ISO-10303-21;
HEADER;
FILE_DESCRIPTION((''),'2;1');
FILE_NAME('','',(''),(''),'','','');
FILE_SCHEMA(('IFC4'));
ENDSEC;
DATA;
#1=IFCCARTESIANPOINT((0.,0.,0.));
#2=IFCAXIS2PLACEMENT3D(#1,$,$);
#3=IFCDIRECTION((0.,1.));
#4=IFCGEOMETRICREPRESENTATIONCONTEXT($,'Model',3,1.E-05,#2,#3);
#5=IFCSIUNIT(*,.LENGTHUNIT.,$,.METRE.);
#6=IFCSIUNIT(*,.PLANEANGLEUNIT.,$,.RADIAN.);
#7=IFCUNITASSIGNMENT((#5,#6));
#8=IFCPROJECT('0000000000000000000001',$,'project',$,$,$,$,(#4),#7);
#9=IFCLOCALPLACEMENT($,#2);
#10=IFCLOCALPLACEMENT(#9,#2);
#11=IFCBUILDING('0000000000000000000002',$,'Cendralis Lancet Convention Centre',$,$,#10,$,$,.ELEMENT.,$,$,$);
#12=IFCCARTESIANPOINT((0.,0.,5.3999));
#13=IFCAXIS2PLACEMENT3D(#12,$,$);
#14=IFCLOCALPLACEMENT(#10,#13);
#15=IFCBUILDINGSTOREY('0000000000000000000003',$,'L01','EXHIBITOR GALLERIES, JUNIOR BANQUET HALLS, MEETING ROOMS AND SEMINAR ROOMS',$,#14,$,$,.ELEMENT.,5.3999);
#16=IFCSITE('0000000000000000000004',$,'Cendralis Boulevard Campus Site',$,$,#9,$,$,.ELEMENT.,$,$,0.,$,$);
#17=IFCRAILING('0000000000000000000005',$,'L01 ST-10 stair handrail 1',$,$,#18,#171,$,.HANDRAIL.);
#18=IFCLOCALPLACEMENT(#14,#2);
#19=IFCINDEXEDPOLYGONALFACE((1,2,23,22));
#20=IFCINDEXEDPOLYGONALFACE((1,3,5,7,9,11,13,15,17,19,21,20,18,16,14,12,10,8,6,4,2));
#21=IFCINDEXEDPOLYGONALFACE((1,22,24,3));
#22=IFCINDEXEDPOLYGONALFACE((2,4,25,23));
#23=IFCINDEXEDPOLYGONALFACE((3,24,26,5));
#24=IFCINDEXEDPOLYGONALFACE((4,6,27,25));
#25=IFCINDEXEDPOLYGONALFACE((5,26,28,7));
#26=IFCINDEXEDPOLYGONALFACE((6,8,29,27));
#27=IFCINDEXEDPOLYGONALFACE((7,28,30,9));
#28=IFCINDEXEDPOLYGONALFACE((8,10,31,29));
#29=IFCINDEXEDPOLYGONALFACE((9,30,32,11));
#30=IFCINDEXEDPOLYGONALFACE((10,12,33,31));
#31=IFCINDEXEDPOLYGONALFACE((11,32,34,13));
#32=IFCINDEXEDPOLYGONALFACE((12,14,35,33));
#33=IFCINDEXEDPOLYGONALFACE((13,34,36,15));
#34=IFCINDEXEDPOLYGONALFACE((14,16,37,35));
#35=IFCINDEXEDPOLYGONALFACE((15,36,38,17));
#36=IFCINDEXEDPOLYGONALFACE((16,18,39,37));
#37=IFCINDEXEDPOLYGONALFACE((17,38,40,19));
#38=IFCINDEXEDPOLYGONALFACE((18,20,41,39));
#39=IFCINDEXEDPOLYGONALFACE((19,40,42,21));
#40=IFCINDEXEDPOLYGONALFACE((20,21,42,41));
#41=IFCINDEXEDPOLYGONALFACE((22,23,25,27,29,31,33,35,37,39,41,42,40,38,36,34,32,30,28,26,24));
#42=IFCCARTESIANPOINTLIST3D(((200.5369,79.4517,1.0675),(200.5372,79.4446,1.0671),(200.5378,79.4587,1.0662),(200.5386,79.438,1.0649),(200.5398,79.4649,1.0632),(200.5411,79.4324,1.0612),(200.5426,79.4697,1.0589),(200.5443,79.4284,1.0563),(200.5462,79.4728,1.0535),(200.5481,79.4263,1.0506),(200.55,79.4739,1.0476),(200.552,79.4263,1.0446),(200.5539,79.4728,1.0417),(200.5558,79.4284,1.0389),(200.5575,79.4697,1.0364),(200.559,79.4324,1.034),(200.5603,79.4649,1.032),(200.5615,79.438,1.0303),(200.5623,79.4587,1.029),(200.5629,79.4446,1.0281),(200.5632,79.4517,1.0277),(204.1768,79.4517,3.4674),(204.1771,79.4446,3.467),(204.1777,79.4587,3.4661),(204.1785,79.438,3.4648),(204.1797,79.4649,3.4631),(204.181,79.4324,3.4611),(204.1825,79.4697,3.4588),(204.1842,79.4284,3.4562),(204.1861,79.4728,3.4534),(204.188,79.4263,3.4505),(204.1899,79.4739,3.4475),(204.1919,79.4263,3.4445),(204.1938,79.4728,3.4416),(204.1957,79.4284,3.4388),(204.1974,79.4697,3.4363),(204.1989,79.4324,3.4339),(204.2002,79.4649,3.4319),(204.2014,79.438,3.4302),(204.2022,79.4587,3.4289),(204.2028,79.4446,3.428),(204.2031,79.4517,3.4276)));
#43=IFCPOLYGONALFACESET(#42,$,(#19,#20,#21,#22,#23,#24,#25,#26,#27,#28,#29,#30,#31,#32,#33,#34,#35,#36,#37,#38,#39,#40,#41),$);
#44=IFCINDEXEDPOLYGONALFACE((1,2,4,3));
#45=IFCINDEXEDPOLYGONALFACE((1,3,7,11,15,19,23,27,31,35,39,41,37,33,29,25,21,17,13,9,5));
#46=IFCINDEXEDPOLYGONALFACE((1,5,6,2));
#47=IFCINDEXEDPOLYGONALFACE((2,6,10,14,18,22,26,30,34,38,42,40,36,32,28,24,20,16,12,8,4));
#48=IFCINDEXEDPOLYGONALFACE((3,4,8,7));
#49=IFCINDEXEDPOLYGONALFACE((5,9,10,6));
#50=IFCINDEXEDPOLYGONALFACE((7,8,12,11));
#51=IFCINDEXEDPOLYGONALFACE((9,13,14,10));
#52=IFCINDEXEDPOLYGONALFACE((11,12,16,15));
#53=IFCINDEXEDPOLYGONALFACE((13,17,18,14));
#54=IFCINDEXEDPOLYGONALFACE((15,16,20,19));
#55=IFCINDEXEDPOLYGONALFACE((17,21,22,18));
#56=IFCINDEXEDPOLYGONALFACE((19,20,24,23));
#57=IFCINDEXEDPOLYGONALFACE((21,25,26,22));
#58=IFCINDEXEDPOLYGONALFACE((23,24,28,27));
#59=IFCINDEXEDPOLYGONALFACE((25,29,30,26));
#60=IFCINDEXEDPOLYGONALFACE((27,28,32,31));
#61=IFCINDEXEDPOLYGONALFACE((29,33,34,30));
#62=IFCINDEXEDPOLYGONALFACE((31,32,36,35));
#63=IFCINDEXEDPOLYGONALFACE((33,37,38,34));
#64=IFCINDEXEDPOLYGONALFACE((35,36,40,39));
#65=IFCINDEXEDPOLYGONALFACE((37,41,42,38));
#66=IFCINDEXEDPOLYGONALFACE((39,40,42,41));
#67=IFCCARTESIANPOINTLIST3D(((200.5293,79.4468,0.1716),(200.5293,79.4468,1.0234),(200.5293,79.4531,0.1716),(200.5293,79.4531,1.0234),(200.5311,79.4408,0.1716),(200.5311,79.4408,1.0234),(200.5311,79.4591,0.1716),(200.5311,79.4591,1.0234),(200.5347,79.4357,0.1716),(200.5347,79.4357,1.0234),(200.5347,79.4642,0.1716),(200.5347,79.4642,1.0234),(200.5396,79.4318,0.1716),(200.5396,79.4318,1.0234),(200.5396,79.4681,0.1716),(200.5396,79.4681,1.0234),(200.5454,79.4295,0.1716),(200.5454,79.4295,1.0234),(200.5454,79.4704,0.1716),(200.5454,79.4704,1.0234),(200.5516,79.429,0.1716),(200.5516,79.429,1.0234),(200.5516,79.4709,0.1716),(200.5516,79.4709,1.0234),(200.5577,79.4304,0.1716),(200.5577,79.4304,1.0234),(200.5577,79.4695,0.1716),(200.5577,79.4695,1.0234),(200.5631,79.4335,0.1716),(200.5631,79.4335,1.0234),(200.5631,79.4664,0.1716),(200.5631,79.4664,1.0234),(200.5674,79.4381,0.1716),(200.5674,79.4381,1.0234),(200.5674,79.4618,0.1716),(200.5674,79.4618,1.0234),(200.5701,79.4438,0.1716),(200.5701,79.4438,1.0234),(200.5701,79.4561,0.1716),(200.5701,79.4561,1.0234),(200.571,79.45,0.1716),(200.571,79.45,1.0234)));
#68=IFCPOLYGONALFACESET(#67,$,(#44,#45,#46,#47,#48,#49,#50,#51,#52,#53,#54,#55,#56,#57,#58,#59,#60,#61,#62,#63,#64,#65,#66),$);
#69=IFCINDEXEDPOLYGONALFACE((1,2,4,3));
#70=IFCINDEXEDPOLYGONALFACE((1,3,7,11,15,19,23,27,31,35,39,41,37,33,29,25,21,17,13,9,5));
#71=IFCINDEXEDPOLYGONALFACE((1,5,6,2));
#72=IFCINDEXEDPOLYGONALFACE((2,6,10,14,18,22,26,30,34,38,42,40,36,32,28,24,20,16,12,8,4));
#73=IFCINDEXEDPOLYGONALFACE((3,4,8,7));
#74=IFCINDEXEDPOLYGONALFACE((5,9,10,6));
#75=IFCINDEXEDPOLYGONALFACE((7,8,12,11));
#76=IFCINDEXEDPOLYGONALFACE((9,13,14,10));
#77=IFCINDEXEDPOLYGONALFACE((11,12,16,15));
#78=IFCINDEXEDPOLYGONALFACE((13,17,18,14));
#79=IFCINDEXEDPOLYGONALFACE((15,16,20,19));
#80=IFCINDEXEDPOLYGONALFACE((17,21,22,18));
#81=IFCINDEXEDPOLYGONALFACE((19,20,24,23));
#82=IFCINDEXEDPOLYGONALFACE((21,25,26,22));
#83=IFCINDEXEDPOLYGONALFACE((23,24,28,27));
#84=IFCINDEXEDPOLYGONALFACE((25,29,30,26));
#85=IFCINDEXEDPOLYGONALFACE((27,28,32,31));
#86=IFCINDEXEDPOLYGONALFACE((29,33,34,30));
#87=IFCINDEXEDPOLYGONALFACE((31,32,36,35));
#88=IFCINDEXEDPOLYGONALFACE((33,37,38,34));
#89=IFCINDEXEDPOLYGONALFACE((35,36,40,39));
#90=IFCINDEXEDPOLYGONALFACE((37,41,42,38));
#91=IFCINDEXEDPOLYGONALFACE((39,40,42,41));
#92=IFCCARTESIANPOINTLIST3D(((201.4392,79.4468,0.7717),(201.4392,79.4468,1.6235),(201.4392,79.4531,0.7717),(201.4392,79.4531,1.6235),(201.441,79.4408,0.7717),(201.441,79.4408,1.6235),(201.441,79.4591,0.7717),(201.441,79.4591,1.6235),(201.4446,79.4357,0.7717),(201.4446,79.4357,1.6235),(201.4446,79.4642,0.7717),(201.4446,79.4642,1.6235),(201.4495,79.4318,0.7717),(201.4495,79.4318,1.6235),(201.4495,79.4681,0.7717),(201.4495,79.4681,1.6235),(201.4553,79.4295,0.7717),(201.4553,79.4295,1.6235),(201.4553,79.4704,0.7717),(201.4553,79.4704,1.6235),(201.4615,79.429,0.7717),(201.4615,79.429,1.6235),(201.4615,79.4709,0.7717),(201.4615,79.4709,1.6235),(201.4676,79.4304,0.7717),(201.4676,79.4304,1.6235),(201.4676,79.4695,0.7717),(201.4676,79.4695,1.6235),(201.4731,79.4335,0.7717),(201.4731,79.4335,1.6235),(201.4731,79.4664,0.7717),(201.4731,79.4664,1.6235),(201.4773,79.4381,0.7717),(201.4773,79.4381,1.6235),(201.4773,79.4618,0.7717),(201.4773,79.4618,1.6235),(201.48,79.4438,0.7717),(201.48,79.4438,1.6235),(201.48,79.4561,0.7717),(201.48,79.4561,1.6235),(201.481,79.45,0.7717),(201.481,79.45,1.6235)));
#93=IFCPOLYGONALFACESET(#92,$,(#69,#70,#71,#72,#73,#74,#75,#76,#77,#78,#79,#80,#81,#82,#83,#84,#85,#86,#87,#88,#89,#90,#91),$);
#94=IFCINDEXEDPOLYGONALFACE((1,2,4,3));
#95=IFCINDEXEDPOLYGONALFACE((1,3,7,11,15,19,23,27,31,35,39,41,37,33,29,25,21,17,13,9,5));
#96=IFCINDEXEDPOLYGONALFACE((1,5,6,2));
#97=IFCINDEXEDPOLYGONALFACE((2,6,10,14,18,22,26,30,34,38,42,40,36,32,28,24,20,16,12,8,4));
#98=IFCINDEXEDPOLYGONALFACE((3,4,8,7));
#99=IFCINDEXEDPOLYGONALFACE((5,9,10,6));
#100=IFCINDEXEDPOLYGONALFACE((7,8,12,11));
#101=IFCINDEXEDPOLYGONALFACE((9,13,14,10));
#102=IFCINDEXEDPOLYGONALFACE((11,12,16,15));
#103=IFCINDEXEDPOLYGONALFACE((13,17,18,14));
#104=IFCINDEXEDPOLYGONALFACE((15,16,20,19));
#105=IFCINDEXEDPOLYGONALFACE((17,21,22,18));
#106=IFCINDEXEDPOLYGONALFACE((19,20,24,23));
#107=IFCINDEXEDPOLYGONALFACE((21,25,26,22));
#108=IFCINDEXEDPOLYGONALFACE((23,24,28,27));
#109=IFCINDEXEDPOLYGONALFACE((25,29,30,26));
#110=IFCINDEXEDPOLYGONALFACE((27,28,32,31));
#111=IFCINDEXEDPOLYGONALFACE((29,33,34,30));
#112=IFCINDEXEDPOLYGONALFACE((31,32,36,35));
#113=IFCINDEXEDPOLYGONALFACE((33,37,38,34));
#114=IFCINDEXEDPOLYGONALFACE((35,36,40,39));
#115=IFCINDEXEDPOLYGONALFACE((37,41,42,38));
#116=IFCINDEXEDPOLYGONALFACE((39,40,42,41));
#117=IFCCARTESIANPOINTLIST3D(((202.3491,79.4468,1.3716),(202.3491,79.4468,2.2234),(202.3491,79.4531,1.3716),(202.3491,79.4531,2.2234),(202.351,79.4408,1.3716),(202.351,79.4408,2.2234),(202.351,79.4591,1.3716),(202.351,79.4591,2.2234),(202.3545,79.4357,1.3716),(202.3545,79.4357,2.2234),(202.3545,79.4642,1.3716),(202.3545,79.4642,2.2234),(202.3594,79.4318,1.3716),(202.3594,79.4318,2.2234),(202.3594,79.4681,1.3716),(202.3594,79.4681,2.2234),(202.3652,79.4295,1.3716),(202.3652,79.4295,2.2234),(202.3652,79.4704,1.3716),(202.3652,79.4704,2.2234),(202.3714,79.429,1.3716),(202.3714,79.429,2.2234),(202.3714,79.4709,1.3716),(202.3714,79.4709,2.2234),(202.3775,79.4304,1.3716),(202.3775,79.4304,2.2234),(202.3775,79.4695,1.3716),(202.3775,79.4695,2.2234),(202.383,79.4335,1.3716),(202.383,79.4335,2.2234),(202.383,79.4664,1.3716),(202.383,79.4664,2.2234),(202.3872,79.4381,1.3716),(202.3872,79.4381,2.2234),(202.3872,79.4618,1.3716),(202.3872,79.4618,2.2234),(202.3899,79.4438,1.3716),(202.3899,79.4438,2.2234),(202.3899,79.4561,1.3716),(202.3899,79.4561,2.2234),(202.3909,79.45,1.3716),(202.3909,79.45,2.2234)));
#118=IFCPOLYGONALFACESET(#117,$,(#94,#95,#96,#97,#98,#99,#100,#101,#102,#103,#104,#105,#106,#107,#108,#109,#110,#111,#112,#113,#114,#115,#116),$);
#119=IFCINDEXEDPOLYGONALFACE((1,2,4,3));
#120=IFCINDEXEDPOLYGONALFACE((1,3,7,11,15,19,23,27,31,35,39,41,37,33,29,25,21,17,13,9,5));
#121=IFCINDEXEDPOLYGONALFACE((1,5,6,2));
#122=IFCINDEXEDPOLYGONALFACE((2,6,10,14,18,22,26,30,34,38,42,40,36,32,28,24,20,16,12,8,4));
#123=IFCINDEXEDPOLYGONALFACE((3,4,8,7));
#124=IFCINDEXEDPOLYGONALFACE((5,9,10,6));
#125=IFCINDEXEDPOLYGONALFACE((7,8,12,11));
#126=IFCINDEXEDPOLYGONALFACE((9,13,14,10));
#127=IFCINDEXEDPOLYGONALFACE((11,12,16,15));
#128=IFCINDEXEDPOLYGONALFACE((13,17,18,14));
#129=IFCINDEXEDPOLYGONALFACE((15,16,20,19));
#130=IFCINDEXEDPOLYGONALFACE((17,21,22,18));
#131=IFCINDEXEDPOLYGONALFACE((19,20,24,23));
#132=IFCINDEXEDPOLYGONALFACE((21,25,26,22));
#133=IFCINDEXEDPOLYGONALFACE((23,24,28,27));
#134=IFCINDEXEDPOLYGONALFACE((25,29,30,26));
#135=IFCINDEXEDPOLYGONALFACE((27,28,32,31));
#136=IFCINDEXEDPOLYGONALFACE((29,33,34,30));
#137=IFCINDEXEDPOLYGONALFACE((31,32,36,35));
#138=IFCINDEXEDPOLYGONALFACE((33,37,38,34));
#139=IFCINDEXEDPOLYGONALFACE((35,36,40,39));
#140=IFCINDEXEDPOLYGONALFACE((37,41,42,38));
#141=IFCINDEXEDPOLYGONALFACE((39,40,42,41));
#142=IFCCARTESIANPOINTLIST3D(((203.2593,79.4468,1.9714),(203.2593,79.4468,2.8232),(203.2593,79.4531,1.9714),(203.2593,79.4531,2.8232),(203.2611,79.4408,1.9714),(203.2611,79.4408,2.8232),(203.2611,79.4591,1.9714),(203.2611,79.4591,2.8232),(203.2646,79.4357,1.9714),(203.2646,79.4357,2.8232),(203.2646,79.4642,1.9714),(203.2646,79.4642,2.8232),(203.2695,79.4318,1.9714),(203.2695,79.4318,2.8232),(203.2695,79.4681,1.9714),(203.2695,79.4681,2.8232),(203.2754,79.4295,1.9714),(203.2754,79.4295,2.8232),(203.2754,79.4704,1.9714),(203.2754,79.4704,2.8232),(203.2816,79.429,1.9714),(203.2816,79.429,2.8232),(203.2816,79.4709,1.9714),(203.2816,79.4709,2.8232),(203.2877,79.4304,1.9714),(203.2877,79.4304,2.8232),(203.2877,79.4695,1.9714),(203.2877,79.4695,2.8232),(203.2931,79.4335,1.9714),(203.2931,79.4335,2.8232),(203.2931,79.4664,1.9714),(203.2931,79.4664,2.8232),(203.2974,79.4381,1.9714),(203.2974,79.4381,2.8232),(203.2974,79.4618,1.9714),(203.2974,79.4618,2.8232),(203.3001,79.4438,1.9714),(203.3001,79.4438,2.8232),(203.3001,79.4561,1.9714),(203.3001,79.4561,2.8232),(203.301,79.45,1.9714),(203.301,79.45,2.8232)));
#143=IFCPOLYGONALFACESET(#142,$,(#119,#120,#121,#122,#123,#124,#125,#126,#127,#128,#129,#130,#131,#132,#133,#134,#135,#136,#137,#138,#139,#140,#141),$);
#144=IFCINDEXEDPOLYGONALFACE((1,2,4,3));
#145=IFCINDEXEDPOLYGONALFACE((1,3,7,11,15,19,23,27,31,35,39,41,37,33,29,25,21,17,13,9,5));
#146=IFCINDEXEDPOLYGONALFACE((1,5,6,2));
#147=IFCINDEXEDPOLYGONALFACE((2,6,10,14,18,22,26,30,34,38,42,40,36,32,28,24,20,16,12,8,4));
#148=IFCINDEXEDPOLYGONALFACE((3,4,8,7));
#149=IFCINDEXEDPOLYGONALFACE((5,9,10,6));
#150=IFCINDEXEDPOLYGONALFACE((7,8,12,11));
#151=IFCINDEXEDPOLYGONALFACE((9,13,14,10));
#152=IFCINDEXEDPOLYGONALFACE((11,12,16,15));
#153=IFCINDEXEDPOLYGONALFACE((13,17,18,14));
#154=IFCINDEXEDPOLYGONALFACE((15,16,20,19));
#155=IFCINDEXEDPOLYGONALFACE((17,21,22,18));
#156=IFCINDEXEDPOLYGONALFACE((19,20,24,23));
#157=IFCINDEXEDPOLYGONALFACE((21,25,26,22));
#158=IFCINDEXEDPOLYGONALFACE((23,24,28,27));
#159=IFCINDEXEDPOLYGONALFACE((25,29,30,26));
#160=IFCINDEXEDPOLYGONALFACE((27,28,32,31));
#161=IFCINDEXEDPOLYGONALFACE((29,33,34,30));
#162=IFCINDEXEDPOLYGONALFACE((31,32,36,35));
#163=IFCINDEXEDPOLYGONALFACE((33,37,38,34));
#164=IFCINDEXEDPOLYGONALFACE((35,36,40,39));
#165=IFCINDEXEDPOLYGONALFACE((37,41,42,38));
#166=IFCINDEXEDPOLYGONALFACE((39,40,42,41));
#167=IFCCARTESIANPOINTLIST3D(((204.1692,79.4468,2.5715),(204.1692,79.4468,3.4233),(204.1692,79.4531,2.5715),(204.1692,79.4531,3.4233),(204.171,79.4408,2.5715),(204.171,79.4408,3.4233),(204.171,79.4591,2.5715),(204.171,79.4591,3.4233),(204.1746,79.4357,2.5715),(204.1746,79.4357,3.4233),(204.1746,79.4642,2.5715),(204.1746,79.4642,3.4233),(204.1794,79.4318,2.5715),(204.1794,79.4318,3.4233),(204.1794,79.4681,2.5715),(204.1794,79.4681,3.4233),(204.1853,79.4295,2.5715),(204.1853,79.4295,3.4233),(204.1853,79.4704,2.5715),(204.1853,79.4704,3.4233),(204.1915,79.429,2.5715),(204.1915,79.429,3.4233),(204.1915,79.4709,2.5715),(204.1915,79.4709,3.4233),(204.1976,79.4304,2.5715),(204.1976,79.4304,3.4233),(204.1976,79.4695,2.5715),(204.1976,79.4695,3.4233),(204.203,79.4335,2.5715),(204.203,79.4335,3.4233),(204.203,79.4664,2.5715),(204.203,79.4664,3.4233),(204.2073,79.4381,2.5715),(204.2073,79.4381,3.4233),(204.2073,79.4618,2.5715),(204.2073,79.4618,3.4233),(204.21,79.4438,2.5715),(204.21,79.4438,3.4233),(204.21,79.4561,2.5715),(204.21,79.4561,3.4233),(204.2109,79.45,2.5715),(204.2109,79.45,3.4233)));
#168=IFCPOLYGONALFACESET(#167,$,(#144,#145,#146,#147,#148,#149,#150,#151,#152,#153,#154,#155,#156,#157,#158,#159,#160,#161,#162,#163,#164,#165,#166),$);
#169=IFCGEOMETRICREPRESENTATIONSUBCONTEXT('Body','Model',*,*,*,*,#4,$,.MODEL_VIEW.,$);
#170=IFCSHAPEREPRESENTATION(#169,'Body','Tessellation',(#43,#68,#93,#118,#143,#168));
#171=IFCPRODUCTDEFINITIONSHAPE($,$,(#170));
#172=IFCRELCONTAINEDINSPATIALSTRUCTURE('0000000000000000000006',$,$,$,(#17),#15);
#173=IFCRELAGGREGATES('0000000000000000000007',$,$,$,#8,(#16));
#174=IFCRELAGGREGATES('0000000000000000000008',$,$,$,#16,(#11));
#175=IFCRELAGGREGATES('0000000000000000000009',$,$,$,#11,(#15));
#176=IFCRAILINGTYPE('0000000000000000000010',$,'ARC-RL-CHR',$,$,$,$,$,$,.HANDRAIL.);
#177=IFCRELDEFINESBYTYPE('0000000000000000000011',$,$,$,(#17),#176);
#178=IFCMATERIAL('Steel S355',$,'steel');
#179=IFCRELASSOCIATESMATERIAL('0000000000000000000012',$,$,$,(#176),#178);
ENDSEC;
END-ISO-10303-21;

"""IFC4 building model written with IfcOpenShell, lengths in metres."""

from ifc_helpers import new_model, si_unit, direction, frame, origin, origin_2d, place, context, subcontext, project, spatial, circle, extrude, material, type_object, element, save


model = new_model("IFC4")

# Units and contexts
model_context = context("Model", 3, precision=1e-05, world=origin(), true_north=direction((0.0, 1.0)))
body_context = subcontext(model_context, "Body", "Model", "MODEL_VIEW")
ifc_project = project(units=[si_unit("LENGTHUNIT", "METRE"), si_unit("PLANEANGLEUNIT", "RADIAN")], contexts=[model_context])

# Site, building, storey
site_placement = place(None, origin())
site = spatial("IfcSite", under=ifc_project, at=site_placement, Name="Cendralis Boulevard Campus Site", CompositionType="ELEMENT", RefElevation=0.0)
building_placement = place(site_placement, origin())
building = spatial("IfcBuilding", under=site, at=building_placement, Name="Cendralis Lancet Convention Centre", CompositionType="ELEMENT")
storey_placement = place(building_placement, frame((0.0, 0.0, 5.3999)))
storey = spatial("IfcBuildingStorey", under=building, at=storey_placement, Name="L01", Description="EXHIBITOR GALLERIES, JUNIOR BANQUET HALLS, MEETING ROOMS AND SEMINAR ROOMS", CompositionType="ELEMENT", Elevation=5.3999)

# Shared definitions
ifc_material_1 = material(Name="Steel S355", Category="steel")

# Railing
railing_type_1 = type_object("IfcRailingType", Name="ARC-RL-CHR", PredefinedType="HANDRAIL", material=ifc_material_1)
railing_1_placement = place(storey_placement, frame((200.55, 79.45, 0.1716)))
element("IfcRailing", 1, at=railing_1_placement, inside=storey, type_object=railing_type_1, Name="L01 ST-10 stair handrail 1", PredefinedType="HANDRAIL", context=body_context, shape_type="SweptSolid", body=[
    extrude(circle(Radius=0.0239, at=origin_2d()), frame((0.0, 0.0, 0.876), z_axis=(0.834865, 0.0, 0.550454), x_axis=(0.0, 1.0, 0.0)), (0.0, 0.0, 1.0), 4.3599),
    extrude(circle(Radius=0.021, at=origin_2d()), origin(), (0.0, 0.0, 1.0), 0.8518),
    extrude(circle(Radius=0.021, at=origin_2d()), frame((0.9099, 0.0, 0.6001)), (0.0, 0.0, 1.0), 0.8518),
    extrude(circle(Radius=0.021, at=origin_2d()), frame((1.8198, 0.0, 1.2)), (0.0, 0.0, 1.0), 0.8518),
    extrude(circle(Radius=0.021, at=origin_2d()), frame((2.73, 0.0, 1.7998)), (0.0, 0.0, 1.0), 0.8518),
    extrude(circle(Radius=0.021, at=origin_2d()), frame((3.6399, 0.0, 2.3999)), (0.0, 0.0, 1.0), 0.8518),
])

save(model, "model.ifc")
